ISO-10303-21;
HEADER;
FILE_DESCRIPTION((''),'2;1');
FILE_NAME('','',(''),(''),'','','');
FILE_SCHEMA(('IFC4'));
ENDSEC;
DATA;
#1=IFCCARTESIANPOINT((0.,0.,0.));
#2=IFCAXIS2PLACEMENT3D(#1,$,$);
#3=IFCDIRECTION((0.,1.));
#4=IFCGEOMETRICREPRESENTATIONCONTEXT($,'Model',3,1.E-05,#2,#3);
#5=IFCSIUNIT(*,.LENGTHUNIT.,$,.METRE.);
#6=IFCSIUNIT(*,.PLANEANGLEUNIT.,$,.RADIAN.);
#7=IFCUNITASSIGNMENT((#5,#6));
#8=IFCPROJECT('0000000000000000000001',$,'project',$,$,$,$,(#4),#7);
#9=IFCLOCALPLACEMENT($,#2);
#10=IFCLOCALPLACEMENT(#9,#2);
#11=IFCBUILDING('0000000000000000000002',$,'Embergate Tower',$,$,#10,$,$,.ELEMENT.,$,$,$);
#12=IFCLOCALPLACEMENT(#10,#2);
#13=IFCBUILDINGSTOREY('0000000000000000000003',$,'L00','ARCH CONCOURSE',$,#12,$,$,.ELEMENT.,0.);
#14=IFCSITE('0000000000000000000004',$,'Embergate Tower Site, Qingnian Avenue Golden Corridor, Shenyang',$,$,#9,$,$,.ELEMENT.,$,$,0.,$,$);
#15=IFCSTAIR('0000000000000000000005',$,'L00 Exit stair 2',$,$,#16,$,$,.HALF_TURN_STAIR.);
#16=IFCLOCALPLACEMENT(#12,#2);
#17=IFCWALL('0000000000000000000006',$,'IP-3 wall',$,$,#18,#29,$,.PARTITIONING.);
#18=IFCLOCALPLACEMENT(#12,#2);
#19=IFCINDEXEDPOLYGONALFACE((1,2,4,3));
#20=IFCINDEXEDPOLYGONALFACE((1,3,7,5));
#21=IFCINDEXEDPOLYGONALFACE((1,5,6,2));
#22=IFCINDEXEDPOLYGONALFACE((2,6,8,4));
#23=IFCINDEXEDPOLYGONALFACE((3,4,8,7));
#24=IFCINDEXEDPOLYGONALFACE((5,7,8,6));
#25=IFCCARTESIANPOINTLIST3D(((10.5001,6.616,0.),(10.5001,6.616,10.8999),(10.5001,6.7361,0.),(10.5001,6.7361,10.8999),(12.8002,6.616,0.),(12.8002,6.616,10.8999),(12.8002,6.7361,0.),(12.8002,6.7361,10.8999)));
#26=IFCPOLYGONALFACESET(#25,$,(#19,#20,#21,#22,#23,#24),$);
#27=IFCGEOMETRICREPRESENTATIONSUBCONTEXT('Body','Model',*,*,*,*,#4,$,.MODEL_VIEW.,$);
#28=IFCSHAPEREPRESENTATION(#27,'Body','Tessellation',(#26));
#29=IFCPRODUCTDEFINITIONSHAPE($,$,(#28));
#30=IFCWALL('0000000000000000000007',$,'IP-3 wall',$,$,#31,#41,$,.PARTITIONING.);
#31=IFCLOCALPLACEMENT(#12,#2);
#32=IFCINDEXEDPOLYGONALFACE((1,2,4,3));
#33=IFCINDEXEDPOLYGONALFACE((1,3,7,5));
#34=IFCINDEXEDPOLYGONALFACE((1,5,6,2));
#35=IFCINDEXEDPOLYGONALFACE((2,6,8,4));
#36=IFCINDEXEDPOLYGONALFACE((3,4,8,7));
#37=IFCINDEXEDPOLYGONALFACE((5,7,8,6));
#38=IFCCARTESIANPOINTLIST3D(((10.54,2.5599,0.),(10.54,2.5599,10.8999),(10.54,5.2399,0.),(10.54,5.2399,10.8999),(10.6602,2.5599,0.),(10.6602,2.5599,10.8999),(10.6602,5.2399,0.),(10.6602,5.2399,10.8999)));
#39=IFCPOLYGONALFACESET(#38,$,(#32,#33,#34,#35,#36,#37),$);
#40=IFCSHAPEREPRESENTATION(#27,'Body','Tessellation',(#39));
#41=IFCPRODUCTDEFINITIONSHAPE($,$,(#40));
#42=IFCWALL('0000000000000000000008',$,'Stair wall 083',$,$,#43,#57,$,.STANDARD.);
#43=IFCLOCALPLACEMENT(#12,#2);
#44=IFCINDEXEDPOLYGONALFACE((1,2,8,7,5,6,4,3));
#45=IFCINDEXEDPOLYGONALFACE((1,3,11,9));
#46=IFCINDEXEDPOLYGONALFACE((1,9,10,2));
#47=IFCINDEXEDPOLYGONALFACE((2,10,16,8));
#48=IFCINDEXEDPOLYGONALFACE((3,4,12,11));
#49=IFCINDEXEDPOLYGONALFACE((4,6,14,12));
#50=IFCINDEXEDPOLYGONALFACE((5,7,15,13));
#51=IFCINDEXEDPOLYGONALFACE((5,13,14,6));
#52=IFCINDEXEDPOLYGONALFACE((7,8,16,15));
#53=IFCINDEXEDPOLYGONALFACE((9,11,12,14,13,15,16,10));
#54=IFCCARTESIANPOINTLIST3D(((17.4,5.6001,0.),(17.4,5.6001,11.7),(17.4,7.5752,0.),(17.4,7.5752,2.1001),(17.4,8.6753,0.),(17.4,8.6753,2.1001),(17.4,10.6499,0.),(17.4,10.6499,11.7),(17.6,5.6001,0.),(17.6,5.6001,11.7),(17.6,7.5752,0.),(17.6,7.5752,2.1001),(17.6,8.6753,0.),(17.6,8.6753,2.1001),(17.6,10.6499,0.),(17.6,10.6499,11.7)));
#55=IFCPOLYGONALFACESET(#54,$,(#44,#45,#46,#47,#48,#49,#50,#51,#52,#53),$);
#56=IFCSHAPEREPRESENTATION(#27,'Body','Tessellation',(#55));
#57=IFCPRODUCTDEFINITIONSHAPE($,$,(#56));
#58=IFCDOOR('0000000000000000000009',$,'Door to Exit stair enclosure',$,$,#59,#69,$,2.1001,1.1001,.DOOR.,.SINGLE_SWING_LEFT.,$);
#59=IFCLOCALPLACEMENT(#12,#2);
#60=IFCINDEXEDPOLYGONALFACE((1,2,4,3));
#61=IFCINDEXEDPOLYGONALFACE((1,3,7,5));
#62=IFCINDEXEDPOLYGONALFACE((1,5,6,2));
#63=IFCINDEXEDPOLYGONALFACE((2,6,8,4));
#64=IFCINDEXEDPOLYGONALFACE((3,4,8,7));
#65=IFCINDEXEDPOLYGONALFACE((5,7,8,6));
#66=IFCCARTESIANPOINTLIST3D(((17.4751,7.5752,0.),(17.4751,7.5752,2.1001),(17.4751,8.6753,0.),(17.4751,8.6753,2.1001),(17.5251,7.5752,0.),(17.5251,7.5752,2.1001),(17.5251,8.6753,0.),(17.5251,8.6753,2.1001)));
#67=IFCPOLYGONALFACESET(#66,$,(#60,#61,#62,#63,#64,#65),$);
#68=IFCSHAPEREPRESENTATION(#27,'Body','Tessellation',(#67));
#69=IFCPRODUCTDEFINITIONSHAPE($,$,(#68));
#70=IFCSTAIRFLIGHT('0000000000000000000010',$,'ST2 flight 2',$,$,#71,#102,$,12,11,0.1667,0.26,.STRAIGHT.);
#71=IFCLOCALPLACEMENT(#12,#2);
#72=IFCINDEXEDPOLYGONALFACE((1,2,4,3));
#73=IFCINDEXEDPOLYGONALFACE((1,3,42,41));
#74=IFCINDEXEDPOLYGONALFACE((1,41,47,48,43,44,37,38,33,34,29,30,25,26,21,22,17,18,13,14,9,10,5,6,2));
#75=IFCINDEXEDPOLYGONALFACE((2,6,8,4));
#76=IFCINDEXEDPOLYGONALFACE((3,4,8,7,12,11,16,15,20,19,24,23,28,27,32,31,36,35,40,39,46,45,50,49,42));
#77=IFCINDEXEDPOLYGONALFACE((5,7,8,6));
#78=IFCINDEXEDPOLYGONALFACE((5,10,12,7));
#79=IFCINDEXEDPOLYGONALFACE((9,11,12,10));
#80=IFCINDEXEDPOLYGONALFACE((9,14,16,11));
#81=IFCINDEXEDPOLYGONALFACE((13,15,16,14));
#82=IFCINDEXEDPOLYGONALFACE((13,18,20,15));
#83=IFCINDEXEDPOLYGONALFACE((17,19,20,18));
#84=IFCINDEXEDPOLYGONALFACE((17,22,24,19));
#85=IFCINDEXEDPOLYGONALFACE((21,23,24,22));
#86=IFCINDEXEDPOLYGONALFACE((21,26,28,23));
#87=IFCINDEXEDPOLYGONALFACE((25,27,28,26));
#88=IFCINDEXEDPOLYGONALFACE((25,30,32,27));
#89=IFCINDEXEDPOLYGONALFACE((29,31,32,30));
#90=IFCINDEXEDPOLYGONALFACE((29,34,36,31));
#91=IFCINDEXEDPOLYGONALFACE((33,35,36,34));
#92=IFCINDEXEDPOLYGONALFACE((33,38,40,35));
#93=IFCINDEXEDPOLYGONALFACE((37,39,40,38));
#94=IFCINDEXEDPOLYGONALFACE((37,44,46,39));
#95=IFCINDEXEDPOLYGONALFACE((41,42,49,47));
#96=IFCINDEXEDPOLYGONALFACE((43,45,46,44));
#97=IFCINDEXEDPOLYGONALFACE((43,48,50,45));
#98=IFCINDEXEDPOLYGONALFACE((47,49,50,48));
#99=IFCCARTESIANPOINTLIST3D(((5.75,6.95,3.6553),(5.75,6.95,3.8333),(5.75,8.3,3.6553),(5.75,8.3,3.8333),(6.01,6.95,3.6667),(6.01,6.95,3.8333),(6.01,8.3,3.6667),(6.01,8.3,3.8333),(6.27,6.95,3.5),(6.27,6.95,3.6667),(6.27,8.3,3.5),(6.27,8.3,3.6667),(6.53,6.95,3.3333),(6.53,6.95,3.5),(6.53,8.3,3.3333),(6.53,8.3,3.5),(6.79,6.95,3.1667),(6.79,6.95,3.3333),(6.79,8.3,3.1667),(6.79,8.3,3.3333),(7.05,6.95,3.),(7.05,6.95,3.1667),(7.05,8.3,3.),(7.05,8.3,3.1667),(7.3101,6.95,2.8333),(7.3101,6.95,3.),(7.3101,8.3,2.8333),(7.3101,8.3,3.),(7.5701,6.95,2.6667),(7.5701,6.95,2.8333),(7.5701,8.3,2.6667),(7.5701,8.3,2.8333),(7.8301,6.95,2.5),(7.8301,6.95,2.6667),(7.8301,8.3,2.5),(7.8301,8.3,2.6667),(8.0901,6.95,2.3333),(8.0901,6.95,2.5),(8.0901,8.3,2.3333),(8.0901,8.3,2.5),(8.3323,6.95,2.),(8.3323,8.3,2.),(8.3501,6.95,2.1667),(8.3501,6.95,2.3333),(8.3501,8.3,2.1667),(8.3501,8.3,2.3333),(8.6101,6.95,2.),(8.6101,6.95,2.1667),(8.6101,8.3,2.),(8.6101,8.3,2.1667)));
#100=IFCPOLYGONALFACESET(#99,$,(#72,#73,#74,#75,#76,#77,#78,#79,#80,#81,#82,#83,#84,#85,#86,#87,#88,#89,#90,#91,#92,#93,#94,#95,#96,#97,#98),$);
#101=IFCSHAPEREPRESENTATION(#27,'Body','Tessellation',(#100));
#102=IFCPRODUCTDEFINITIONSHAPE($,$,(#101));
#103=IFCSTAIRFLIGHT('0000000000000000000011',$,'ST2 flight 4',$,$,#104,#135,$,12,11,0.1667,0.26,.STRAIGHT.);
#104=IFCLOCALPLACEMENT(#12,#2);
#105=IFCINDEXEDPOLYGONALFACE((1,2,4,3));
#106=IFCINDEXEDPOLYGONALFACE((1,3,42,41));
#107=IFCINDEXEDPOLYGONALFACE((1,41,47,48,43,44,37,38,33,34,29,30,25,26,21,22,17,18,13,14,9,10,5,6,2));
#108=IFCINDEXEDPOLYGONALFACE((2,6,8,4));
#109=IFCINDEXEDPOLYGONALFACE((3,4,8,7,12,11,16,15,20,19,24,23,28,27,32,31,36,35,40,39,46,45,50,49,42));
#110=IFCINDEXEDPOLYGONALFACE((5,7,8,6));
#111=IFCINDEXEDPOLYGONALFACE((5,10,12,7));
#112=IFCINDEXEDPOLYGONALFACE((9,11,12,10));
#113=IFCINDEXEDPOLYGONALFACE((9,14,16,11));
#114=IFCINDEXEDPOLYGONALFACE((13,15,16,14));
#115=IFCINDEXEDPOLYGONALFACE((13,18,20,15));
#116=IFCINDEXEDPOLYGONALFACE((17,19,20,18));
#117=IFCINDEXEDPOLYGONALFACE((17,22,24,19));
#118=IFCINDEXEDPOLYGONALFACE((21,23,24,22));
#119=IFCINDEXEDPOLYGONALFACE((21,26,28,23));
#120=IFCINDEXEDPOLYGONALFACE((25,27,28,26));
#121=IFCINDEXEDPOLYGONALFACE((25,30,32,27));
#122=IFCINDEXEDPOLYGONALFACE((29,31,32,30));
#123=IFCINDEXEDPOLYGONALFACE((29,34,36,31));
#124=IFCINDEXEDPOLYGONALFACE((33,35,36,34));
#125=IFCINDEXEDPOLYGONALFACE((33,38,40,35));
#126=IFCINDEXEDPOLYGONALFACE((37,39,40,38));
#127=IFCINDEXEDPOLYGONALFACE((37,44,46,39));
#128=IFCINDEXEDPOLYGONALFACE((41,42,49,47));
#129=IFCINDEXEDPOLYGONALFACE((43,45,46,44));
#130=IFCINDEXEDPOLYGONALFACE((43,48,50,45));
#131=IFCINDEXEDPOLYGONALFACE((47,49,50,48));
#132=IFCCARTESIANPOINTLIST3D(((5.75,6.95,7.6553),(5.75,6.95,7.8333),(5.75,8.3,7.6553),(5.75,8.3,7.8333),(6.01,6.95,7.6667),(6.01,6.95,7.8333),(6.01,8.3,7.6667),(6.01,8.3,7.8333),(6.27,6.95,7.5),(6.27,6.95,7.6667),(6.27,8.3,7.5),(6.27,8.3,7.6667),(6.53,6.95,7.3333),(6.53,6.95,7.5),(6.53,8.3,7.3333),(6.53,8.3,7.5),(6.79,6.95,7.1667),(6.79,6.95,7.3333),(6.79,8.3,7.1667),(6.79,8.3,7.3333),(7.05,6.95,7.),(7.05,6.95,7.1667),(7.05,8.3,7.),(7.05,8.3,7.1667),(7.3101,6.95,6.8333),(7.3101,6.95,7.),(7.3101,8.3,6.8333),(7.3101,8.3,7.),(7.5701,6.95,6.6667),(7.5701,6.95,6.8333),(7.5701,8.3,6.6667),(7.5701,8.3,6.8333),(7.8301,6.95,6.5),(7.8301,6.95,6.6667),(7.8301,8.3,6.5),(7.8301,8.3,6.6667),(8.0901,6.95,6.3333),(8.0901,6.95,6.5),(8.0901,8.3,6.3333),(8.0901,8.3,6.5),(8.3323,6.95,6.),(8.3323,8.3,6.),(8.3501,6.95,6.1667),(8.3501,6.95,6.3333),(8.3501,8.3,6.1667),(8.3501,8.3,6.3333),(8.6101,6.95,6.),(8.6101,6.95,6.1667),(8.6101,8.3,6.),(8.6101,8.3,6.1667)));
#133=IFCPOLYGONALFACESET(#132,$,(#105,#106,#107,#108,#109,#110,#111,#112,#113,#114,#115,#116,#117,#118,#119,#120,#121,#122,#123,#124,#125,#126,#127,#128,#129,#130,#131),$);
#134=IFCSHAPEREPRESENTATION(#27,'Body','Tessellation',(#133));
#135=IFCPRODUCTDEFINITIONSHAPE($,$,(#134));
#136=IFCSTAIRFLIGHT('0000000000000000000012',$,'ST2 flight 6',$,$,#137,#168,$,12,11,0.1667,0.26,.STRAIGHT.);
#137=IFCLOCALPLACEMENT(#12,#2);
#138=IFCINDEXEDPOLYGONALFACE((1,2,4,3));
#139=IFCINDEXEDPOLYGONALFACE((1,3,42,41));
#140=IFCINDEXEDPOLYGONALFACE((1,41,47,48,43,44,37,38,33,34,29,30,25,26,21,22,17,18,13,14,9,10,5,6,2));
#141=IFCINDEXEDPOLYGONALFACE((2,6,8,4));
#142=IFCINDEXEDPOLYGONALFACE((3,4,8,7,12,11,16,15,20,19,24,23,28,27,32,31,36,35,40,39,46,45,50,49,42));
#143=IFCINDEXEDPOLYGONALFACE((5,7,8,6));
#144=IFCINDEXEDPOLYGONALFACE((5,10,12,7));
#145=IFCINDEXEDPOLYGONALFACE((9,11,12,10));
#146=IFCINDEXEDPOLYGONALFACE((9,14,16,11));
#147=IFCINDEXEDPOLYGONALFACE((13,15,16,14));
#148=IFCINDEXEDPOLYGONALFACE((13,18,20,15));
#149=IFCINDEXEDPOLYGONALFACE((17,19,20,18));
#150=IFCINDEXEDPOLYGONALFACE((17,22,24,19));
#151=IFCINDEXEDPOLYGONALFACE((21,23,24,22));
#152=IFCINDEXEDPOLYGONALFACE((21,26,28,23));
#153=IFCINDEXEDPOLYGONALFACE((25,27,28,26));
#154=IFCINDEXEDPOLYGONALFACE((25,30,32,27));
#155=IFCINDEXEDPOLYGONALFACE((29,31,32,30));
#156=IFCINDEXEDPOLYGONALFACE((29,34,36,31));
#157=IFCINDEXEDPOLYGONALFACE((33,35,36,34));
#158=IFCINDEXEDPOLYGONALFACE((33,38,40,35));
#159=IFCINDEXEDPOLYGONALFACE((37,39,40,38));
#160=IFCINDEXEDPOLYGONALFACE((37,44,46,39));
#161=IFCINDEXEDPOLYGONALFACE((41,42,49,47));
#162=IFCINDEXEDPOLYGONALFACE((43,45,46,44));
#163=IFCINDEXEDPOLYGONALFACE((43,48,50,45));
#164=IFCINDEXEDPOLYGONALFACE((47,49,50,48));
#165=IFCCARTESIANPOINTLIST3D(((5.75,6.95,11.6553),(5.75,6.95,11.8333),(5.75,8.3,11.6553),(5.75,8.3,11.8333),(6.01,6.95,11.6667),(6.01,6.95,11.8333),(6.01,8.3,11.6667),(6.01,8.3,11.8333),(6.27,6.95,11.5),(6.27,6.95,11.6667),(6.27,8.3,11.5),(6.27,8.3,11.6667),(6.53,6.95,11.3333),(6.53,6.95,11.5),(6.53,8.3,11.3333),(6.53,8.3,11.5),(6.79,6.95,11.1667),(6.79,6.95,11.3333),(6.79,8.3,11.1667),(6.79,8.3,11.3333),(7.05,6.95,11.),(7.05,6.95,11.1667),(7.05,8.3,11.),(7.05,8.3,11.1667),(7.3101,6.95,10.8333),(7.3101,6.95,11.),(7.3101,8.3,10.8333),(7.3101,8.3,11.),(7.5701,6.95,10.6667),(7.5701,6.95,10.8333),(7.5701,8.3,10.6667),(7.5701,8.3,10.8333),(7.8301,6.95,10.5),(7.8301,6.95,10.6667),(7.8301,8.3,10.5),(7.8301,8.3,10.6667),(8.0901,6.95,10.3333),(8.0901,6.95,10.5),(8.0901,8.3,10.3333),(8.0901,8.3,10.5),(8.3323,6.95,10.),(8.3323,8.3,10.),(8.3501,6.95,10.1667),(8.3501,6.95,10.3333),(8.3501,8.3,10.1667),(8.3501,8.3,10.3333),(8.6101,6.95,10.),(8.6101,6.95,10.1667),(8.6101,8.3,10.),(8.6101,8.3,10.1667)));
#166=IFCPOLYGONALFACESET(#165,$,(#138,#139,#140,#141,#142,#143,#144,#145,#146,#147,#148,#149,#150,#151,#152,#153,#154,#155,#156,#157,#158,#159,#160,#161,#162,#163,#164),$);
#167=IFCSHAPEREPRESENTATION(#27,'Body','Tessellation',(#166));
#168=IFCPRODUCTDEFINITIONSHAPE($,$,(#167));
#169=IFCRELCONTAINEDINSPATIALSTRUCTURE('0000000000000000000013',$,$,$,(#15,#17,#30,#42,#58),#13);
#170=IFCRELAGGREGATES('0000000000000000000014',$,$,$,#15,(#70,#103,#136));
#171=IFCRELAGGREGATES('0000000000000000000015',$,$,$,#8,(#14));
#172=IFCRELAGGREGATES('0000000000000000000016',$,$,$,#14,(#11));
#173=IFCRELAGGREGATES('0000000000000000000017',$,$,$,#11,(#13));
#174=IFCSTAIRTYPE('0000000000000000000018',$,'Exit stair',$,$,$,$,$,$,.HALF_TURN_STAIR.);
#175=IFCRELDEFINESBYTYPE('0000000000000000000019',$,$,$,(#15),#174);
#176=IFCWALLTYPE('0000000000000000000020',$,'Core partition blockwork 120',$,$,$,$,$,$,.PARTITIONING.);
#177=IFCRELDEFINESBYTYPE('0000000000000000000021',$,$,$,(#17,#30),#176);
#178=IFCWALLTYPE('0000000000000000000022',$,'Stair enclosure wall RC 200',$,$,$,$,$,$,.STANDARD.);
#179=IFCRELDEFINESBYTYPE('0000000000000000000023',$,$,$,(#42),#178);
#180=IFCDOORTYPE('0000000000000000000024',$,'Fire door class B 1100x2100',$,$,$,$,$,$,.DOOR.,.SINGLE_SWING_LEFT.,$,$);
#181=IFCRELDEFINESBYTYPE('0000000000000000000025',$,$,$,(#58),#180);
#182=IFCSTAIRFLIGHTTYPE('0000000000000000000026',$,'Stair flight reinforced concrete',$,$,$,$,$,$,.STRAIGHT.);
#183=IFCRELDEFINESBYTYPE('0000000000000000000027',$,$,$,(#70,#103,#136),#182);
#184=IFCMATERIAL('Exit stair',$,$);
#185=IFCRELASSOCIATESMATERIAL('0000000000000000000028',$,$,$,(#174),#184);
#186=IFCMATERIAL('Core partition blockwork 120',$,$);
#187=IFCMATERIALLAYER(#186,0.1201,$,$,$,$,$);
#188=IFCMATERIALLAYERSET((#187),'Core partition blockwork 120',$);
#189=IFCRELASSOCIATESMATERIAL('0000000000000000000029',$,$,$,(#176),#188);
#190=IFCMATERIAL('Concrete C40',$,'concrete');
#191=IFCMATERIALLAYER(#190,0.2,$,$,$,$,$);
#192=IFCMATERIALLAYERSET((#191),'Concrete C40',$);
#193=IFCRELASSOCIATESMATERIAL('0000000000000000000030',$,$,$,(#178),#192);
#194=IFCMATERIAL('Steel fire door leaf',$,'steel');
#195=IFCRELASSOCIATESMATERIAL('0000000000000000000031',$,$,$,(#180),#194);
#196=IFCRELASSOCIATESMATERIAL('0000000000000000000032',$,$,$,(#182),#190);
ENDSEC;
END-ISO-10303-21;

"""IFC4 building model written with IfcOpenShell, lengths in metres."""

from ifc_helpers import new_model, si_unit, direction, frame, frame_2d, origin, place, context, subcontext, project, spatial, polyline, rectangle, outline, extrude, source, transform, mapped, material, layer, layer_set, type_object, element, fill, aggregate, save


model = new_model("IFC4")

# Units and contexts
model_context = context("Model", 3, precision=1e-05, world=origin(), true_north=direction((0.0, 1.0)))
body_context = subcontext(model_context, "Body", "Model", "MODEL_VIEW")
ifc_project = project(units=[si_unit("LENGTHUNIT", "METRE"), si_unit("PLANEANGLEUNIT", "RADIAN")], contexts=[model_context])

# Site, building, storey
site_placement = place(None, origin())
site = spatial("IfcSite", under=ifc_project, at=site_placement, Name="Embergate Tower Site, Qingnian Avenue Golden Corridor, Shenyang", CompositionType="ELEMENT", RefElevation=0.0)
building_placement = place(site_placement, origin())
building = spatial("IfcBuilding", under=site, at=building_placement, Name="Embergate Tower", CompositionType="ELEMENT")
storey_placement = place(building_placement, origin())
storey = spatial("IfcBuildingStorey", under=building, at=storey_placement, Name="L00", Description="ARCH CONCOURSE", CompositionType="ELEMENT", Elevation=0.0)

# Stair
ifc_material_1 = material(Name="Exit stair")
stair_type = type_object("IfcStairType", Name="Exit stair", PredefinedType="HALF_TURN_STAIR", material=ifc_material_1)
stair_placement = place(storey_placement, origin())
stair = element("IfcStair", 1, at=stair_placement, inside=storey, type_object=stair_type, Name="L00 Exit stair 2", PredefinedType="HALF_TURN_STAIR")
ifc_material_2 = material(Name="Concrete C40", Category="concrete")

# Shared definitions
ifc_material_3 = material(Name="Core partition blockwork 120")
ifc_layer_1 = layer(ifc_material_3, 0.1201)
ifc_layer_set_1 = layer_set([ifc_layer_1], Name="Core partition blockwork 120")
wall_type_1 = type_object("IfcWallType", Name="Core partition blockwork 120", PredefinedType="PARTITIONING", material=ifc_layer_set_1)

# Shared definitions
shared_shape_1 = source(origin(), body_context, "Body", "SweptSolid", [
    extrude(rectangle(XDim=2.3, YDim=0.1201, at=frame_2d((1.1499, 0.0))), origin(), (0.0, 0.0, 1.0), 10.8999),
])

# Walls
wall_1_placement = place(storey_placement, frame((12.8, 6.676, 0.0), z_axis=(0.0, 0.0, 1.0), x_axis=(-1.0, 0.0, 0.0)))
element("IfcWall", 2, at=wall_1_placement, inside=storey, type_object=wall_type_1, Name="IP-3 wall", PredefinedType="PARTITIONING", context=body_context, shape_type="MappedRepresentation", body=[
    mapped(shared_shape_1, transform((0.0, 0.0, 0.0))),
])
shared_shape_2 = source(origin(), body_context, "Body", "SweptSolid", [
    extrude(rectangle(XDim=2.6799, YDim=0.1201, at=frame_2d((1.3398, 0.0))), origin(), (0.0, 0.0, 1.0), 10.8999),
])
wall_2_placement = place(storey_placement, frame((10.6001, 2.5601, 0.0), z_axis=(0.0, 0.0, 1.0), x_axis=(0.0, 1.0, 0.0)))
element("IfcWall", 3, at=wall_2_placement, inside=storey, type_object=wall_type_1, Name="IP-3 wall", PredefinedType="PARTITIONING", context=body_context, shape_type="MappedRepresentation", body=[
    mapped(shared_shape_2, transform((0.0, 0.0, 0.0))),
])

# Wall, opening, door
ifc_layer_2 = layer(ifc_material_2, 0.2)
ifc_layer_set_2 = layer_set([ifc_layer_2], Name="Concrete C40")
wall_type_2 = type_object("IfcWallType", Name="Stair enclosure wall RC 200", PredefinedType="STANDARD", material=ifc_layer_set_2)
shared_shape_3 = source(origin(), body_context, "Body", "SweptSolid", [
    extrude(rectangle(XDim=5.0498, YDim=0.2, at=frame_2d((2.5249, 0.0))), origin(), (0.0, 0.0, 1.0), 11.7),
])
wall_3_placement = place(storey_placement, frame((17.5, 5.6001, 0.0), z_axis=(0.0, 0.0, 1.0), x_axis=(0.0, 1.0, 0.0)))
wall_3 = element("IfcWall", 4, at=wall_3_placement, inside=storey, type_object=wall_type_2, Name="Stair wall 083", PredefinedType="STANDARD", context=body_context, shape_type="MappedRepresentation", body=[
    mapped(shared_shape_3, transform((0.0, 0.0, 0.0))),
])
shared_shape_4 = source(origin(), body_context, "Body", "SweptSolid", [
    extrude(rectangle(XDim=1.1001, YDim=2.1001, at=frame_2d((0.55, 1.05))), frame((0.0, 0.1099, 0.0), z_axis=(0.0, -1.0, 0.0), x_axis=(1.0, 0.0, 0.0)), (0.0, 0.0, 1.0), 0.22),
])
opening_1_placement = place(wall_3_placement, frame((1.9751, 0.0, 0.0)))
opening_1 = element("IfcOpeningElement", 5, at=opening_1_placement, cuts=wall_3, PredefinedType="OPENING", context=body_context, shape_type="MappedRepresentation", body=[
    mapped(shared_shape_4, transform((0.0, 0.0, 0.0))),
])
ifc_material_4 = material(Name="Steel fire door leaf", Category="steel")
door_type_1 = type_object("IfcDoorType", Name="Fire door class B 1100x2100", OperationType="SINGLE_SWING_LEFT", PredefinedType="DOOR", material=ifc_material_4)
shared_shape_5 = source(origin(), body_context, "Body", "SweptSolid", [
    extrude(rectangle(XDim=1.1001, YDim=2.1001, at=frame_2d((0.55, 1.05))), frame((0.0, 0.0249, 0.0), z_axis=(0.0, -1.0, 0.0), x_axis=(1.0, 0.0, 0.0)), (0.0, 0.0, 1.0), 0.05),
])
door_1_placement = place(opening_1_placement, origin())
door_1 = element("IfcDoor", 6, at=door_1_placement, inside=storey, type_object=door_type_1, Name="Door to Exit stair enclosure", OperationType="SINGLE_SWING_LEFT", OverallHeight=2.1001, OverallWidth=1.1001, PredefinedType="DOOR", context=body_context, shape_type="MappedRepresentation", body=[
    mapped(shared_shape_5, transform((0.0, 0.0, 0.0))),
])
fill(opening_1, door_1)

# Stair flights
stair_flight_type = type_object("IfcStairFlightType", Name="Stair flight reinforced concrete", PredefinedType="STRAIGHT", material=ifc_material_2)
shared_shape_6 = source(origin(), body_context, "Body", "SweptSolid", [
    extrude(outline(polyline([(0.0, 0.0), (0.0, 0.1667), (0.26, 0.1667), (0.26, 0.3333), (0.52, 0.3333), (0.52, 0.5), (0.78, 0.5), (0.78, 0.6667), (1.04, 0.6667), (1.04, 0.8333), (1.3, 0.8333), (1.3, 1.0), (1.5601, 1.0), (1.5601, 1.1667), (1.8201, 1.1667), (1.8201, 1.3333), (2.0801, 1.3333), (2.0801, 1.5), (2.3401, 1.5), (2.3401, 1.6667), (2.6001, 1.6667), (2.6001, 1.8333), (2.8601, 1.8333), (2.8601, 2.0), (2.8601, 1.6553), (0.2778, 0.0), (0.0, 0.0)])), frame((0.0, 0.675, 0.0), z_axis=(0.0, -1.0, 0.0), x_axis=(1.0, 0.0, 0.0)), (0.0, 0.0, 1.0), 1.3501),
])
stair_flight_1_placement = place(storey_placement, frame((8.6101, 7.625, 2.0), z_axis=(0.0, 0.0, 1.0), x_axis=(-1.0, 0.0, 0.0)))
stair_flight_1 = element("IfcStairFlight", 7, at=stair_flight_1_placement, type_object=stair_flight_type, Name="ST2 flight 2", NumberOfRisers=12, NumberOfTreads=11, PredefinedType="STRAIGHT", RiserHeight=0.1667, TreadLength=0.26, context=body_context, shape_type="MappedRepresentation", body=[
    mapped(shared_shape_6, transform((0.0, 0.0, 0.0))),
])
stair_flight_2_placement = place(storey_placement, frame((8.6101, 7.625, 6.0), z_axis=(0.0, 0.0, 1.0), x_axis=(-1.0, 0.0, 0.0)))
stair_flight_2 = element("IfcStairFlight", 8, at=stair_flight_2_placement, type_object=stair_flight_type, Name="ST2 flight 4", NumberOfRisers=12, NumberOfTreads=11, PredefinedType="STRAIGHT", RiserHeight=0.1667, TreadLength=0.26, context=body_context, shape_type="MappedRepresentation", body=[
    mapped(shared_shape_6, transform((0.0, 0.0, 0.0))),
])
stair_flight_3_placement = place(storey_placement, frame((8.6101, 7.625, 10.0), z_axis=(0.0, 0.0, 1.0), x_axis=(-1.0, 0.0, 0.0)))
stair_flight_3 = element("IfcStairFlight", 9, at=stair_flight_3_placement, type_object=stair_flight_type, Name="ST2 flight 6", NumberOfRisers=12, NumberOfTreads=11, PredefinedType="STRAIGHT", RiserHeight=0.1667, TreadLength=0.26, context=body_context, shape_type="MappedRepresentation", body=[
    mapped(shared_shape_6, transform((0.0, 0.0, 0.0))),
])
aggregate(stair, [stair_flight_1, stair_flight_2, stair_flight_3])

save(model, "model.ifc")
